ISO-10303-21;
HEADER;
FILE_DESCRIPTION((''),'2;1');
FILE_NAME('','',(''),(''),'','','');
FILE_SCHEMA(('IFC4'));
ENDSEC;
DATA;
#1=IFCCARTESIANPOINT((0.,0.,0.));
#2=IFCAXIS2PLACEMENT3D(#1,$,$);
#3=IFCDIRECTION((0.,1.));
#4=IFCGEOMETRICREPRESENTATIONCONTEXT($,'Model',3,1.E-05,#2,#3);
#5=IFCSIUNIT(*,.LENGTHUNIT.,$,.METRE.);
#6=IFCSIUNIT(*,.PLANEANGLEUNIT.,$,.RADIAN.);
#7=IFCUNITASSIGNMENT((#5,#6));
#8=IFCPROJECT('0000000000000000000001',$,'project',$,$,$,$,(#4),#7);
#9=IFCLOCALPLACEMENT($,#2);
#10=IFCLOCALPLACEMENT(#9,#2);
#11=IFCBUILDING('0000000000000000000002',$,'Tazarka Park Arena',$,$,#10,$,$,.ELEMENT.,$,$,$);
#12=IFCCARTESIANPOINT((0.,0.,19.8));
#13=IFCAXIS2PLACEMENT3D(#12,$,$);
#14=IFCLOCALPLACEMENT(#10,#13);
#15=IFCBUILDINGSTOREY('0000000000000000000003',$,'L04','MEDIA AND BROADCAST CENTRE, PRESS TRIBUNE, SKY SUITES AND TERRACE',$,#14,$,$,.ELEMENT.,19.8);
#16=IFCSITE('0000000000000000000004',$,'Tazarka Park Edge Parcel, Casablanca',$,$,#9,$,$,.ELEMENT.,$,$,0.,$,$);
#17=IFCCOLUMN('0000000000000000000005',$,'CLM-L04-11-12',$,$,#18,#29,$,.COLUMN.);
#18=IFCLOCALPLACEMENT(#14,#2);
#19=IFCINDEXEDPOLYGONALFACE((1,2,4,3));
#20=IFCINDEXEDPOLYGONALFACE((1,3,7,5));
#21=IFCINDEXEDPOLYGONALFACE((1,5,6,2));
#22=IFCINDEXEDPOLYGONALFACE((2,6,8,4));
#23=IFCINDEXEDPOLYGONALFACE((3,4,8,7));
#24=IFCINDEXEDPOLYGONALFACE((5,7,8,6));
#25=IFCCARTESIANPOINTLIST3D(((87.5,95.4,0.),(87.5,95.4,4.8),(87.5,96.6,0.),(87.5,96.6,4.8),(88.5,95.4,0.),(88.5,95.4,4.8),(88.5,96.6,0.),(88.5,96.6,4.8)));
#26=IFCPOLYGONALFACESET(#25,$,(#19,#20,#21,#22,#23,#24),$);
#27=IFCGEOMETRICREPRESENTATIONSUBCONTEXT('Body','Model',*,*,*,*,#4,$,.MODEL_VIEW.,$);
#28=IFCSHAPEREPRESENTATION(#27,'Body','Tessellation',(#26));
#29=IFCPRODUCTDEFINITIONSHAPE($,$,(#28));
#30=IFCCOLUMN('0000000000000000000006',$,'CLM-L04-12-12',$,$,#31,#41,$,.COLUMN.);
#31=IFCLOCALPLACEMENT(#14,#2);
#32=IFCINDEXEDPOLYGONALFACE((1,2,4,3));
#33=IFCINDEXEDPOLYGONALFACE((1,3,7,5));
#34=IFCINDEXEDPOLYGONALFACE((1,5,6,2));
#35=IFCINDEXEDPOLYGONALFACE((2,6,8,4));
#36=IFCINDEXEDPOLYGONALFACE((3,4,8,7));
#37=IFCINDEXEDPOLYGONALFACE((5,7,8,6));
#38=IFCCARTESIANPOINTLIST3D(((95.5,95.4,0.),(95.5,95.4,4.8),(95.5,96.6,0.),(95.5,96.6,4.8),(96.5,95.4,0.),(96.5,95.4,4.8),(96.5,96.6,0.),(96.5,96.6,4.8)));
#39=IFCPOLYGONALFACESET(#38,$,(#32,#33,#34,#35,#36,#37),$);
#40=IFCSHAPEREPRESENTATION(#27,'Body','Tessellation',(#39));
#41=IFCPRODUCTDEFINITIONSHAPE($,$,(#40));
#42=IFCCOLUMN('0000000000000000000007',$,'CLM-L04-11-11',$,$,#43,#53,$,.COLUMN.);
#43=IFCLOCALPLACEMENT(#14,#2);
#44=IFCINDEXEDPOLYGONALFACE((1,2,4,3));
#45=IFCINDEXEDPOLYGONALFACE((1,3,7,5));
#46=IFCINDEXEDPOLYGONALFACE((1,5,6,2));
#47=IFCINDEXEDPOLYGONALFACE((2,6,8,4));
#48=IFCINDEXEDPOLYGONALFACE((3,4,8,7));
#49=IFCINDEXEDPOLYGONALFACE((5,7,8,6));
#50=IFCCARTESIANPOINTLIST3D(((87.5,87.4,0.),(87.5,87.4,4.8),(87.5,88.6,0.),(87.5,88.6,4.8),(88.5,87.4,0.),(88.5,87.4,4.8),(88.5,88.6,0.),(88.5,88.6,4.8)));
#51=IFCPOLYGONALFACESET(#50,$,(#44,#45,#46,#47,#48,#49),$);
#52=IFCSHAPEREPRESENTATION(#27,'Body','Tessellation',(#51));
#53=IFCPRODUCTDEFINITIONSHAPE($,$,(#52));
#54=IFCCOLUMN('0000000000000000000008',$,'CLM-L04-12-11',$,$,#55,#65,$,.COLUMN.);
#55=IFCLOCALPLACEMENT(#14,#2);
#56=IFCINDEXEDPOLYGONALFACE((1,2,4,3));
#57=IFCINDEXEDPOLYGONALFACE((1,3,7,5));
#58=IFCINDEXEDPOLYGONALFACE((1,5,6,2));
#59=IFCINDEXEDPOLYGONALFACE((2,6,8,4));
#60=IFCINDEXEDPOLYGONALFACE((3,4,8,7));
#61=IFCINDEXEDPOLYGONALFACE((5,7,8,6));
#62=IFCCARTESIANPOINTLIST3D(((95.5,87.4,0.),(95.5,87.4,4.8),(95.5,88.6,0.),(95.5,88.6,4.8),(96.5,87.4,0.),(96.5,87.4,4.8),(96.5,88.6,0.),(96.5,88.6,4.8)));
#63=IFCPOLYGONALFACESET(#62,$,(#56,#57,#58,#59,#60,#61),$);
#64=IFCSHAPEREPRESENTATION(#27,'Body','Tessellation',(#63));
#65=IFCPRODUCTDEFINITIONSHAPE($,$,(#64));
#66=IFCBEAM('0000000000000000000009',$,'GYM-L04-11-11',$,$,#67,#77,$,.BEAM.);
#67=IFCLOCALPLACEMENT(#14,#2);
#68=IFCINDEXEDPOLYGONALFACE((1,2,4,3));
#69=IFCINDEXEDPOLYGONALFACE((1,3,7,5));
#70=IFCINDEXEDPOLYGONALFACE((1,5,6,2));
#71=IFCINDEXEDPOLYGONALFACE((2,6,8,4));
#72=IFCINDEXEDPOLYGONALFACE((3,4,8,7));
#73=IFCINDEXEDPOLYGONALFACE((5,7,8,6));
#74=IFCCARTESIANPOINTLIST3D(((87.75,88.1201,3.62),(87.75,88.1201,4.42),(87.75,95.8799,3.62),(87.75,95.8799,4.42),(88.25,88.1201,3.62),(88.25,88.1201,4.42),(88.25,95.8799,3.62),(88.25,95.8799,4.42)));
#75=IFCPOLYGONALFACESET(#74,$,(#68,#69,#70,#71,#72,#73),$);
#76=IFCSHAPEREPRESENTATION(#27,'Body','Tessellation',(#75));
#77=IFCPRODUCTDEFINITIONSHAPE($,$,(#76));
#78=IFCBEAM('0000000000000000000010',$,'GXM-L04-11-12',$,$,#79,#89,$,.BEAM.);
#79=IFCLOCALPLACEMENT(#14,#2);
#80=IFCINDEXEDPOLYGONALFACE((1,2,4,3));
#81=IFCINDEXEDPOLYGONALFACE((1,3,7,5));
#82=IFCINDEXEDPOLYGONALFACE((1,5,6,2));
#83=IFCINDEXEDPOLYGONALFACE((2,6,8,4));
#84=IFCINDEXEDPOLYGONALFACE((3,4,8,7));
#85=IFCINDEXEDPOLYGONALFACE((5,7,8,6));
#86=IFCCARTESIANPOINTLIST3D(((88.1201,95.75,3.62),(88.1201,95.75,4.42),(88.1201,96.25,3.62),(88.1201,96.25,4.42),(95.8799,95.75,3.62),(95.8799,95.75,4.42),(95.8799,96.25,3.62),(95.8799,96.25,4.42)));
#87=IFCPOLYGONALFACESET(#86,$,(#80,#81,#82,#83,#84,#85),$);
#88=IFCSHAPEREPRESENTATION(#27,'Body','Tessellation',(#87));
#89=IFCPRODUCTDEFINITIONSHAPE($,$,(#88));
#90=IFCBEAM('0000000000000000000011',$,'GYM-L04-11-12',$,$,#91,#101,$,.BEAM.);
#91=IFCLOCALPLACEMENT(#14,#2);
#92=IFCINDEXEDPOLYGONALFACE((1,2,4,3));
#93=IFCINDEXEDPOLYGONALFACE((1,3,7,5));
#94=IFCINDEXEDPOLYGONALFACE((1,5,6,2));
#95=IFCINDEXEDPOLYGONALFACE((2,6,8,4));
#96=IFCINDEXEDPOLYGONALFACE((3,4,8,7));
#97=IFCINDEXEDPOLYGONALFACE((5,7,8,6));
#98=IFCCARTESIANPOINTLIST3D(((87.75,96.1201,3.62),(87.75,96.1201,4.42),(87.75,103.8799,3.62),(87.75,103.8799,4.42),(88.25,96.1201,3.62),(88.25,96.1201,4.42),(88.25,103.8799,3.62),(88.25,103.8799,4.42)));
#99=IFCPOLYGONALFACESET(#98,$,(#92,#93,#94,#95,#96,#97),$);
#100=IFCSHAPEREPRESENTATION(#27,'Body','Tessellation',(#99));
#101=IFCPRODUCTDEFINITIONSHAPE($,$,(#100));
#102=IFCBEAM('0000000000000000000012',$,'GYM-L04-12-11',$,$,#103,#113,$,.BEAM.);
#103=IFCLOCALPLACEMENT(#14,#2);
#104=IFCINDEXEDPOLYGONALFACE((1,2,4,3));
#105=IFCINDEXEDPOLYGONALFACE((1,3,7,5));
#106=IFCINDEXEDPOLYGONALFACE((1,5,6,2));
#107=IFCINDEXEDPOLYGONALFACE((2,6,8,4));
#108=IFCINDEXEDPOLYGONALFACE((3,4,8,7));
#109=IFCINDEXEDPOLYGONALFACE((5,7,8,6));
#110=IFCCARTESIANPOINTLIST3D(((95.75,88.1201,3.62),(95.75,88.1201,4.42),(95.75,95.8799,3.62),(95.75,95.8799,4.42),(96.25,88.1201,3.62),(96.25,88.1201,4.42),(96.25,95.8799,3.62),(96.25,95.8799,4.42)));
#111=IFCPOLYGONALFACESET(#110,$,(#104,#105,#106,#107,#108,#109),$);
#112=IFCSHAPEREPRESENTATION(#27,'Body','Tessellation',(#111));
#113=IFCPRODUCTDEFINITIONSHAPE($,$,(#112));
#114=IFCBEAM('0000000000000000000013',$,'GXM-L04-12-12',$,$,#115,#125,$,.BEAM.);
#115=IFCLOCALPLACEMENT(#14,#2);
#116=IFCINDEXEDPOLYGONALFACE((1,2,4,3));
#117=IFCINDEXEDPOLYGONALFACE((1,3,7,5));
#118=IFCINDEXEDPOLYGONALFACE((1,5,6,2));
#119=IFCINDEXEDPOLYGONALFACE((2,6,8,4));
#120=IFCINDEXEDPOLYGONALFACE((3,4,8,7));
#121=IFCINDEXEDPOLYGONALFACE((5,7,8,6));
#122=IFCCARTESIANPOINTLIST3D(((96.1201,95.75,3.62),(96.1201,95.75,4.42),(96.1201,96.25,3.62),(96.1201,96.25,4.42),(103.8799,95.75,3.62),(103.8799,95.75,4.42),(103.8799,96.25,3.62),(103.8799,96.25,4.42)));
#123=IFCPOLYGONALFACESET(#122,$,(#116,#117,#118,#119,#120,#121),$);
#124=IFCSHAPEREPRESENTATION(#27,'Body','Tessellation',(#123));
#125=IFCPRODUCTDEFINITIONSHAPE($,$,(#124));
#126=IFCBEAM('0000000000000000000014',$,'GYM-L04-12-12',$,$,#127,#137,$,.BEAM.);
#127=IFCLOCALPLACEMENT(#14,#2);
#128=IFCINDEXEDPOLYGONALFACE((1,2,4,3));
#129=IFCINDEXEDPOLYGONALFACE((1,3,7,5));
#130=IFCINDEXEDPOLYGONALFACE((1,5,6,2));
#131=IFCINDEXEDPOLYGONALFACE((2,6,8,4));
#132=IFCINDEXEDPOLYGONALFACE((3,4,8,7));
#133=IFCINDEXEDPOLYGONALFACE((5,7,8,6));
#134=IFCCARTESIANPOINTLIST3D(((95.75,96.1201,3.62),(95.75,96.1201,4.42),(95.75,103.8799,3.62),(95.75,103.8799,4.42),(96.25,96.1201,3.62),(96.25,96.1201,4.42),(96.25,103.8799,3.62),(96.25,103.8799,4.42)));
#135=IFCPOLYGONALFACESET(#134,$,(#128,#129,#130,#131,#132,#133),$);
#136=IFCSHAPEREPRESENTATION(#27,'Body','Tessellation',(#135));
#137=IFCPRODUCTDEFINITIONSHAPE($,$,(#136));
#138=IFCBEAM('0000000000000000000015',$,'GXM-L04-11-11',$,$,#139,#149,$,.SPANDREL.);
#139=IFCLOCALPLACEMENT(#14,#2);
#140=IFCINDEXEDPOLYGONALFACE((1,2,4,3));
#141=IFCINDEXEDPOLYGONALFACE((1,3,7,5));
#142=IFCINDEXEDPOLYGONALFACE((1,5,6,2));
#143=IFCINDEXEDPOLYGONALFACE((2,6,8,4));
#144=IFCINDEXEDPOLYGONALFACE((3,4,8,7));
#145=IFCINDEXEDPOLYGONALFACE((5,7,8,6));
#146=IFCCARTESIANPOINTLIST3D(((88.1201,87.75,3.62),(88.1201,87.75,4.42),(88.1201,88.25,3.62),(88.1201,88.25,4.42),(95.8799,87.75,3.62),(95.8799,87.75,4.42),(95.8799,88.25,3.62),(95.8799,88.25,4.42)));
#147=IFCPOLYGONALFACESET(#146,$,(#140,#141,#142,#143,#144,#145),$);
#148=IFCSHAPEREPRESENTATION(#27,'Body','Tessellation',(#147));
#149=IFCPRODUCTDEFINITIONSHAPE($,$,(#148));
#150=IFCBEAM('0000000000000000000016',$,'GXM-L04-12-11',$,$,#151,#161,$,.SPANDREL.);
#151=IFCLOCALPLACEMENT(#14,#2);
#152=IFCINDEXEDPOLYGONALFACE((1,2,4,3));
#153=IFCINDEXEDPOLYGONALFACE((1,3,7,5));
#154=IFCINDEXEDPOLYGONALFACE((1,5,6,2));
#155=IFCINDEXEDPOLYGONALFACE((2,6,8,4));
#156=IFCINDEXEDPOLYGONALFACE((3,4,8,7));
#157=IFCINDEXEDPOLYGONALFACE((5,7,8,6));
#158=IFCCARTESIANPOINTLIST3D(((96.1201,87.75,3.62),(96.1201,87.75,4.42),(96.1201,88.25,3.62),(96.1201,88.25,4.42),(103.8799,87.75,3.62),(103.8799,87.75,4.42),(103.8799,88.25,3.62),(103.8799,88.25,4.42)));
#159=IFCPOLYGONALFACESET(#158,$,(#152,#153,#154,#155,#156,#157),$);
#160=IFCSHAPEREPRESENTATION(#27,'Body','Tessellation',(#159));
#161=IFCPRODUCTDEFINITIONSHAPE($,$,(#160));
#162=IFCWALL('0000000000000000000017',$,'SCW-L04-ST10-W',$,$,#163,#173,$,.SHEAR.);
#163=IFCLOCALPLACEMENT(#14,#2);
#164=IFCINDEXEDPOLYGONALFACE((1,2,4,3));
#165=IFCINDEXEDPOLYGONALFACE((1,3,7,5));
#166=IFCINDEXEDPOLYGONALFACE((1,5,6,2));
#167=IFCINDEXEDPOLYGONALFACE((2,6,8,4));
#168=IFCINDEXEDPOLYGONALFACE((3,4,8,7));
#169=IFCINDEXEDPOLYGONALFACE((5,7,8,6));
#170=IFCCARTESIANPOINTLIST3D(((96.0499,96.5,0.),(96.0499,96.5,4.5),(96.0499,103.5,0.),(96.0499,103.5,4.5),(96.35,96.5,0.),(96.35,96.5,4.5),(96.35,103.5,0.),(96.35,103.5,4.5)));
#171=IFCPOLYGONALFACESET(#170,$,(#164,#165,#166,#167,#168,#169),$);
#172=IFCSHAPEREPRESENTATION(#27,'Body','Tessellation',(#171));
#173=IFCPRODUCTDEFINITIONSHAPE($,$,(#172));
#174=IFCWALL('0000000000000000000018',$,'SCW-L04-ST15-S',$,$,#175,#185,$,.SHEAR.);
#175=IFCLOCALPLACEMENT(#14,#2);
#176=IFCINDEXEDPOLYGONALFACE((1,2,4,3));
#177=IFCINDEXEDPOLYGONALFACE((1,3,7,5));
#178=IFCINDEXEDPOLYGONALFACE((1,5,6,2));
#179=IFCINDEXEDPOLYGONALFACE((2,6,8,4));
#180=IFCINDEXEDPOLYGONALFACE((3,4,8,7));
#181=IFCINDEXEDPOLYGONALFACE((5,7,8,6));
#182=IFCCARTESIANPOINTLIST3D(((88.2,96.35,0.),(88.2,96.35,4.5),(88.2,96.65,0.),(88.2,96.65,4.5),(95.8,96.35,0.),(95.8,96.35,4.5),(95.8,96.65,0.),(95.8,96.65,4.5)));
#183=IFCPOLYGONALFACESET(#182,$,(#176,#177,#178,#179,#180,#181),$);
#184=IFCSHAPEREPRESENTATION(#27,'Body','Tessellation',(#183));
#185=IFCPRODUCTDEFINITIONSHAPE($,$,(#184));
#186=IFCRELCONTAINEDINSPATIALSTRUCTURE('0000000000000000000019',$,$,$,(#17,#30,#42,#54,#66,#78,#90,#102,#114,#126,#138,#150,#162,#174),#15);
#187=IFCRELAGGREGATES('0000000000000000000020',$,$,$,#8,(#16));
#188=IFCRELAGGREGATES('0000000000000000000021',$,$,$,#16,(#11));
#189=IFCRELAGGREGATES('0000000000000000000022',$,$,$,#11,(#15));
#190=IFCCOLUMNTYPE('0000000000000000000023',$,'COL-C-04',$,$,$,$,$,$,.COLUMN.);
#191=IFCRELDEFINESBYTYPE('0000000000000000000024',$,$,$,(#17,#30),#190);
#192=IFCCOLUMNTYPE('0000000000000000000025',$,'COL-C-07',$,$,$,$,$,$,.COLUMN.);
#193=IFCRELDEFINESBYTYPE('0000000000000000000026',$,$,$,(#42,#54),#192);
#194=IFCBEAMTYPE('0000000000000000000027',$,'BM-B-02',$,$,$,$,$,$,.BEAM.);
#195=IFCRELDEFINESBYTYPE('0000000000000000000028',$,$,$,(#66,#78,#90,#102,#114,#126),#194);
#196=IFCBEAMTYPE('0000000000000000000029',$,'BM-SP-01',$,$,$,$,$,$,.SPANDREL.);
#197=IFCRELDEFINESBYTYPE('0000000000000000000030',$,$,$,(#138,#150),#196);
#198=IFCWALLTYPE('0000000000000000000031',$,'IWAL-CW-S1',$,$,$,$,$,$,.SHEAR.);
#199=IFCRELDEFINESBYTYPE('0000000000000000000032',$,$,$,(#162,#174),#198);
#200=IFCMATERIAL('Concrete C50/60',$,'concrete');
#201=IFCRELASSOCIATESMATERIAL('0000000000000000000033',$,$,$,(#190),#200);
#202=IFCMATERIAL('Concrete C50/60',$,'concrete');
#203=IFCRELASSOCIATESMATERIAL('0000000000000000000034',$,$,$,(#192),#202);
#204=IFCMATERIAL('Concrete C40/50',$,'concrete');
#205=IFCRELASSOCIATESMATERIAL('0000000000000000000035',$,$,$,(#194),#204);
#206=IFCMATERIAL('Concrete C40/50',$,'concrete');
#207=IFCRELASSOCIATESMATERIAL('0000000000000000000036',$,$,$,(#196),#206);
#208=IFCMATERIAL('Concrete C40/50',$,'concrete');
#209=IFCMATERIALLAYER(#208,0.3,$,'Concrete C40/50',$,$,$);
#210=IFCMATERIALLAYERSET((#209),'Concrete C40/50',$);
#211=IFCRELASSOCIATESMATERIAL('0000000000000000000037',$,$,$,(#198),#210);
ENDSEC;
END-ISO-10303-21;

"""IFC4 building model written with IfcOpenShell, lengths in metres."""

from ifc_helpers import new_model, si_unit, direction, frame, frame_2d, origin, origin_2d, place, context, subcontext, project, spatial, rectangle, extrude, material, layer, layer_set, material_profile, profile_set, type_object, element, save


model = new_model("IFC4")

# Units and contexts
model_context = context("Model", 3, precision=1e-05, world=origin(), true_north=direction((0.0, 1.0)))
body_context = subcontext(model_context, "Body", "Model", "MODEL_VIEW")
ifc_project = project(units=[si_unit("LENGTHUNIT", "METRE"), si_unit("PLANEANGLEUNIT", "RADIAN")], contexts=[model_context])

# Site, building, storey
site_placement = place(None, origin())
site = spatial("IfcSite", under=ifc_project, at=site_placement, Name="Tazarka Park Edge Parcel, Casablanca", CompositionType="ELEMENT", RefElevation=0.0)
building_placement = place(site_placement, origin())
building = spatial("IfcBuilding", under=site, at=building_placement, Name="Tazarka Park Arena", CompositionType="ELEMENT")
storey_placement = place(building_placement, frame((0.0, 0.0, 19.8)))
storey = spatial("IfcBuildingStorey", under=building, at=storey_placement, Name="L04", Description="MEDIA AND BROADCAST CENTRE, PRESS TRIBUNE, SKY SUITES AND TERRACE", CompositionType="ELEMENT", Elevation=19.8)

# Columns
ifc_material_1 = material(Name="Concrete C50/60", Category="concrete")
ifc_material_profile_1 = material_profile(ifc_material_1, rectangle(XDim=1.0, YDim=1.2, at=origin_2d()), Name="Concrete C50/60")
ifc_profile_set_1 = profile_set([ifc_material_profile_1], Name="Concrete C50/60")
column_type_1 = type_object("IfcColumnType", Name="COL-C-04", PredefinedType="COLUMN", material=ifc_profile_set_1)
for number, where, z_axis, x_axis, name in (
    (1, (88.0, 96.0, 0.0), (0.0, 0.0, 1.0), (1.0, 0.0, 0.0), "CLM-L04-11-12"),
    (2, (96.0, 96.0, 0.0), (0.0, 0.0, 1.0), (1.0, 0.0, 0.0), "CLM-L04-12-12"),
):
    element("IfcColumn", number, at=place(storey_placement, frame(where, z_axis=z_axis, x_axis=x_axis)), inside=storey, type_object=column_type_1, Name=name, PredefinedType="COLUMN", context=body_context, shape_type="SweptSolid", body=[
        extrude(rectangle(XDim=1.0, YDim=1.2, at=origin_2d()), origin(), (0.0, 0.0, 1.0), 4.8),
    ])
ifc_material_2 = material(Name="Concrete C50/60", Category="concrete")
ifc_material_profile_2 = material_profile(ifc_material_2, rectangle(XDim=1.0, YDim=1.2, at=origin_2d()), Name="Concrete C50/60")
ifc_profile_set_2 = profile_set([ifc_material_profile_2], Name="Concrete C50/60")
column_type_2 = type_object("IfcColumnType", Name="COL-C-07", PredefinedType="COLUMN", material=ifc_profile_set_2)
for number, where, z_axis, x_axis, name in (
    (3, (88.0, 88.0, 0.0), (0.0, 0.0, 1.0), (1.0, 0.0, 0.0), "CLM-L04-11-11"),
    (4, (96.0, 88.0, 0.0), (0.0, 0.0, 1.0), (1.0, 0.0, 0.0), "CLM-L04-12-11"),
):
    element("IfcColumn", number, at=place(storey_placement, frame(where, z_axis=z_axis, x_axis=x_axis)), inside=storey, type_object=column_type_2, Name=name, PredefinedType="COLUMN", context=body_context, shape_type="SweptSolid", body=[
        extrude(rectangle(XDim=1.0, YDim=1.2, at=origin_2d()), origin(), (0.0, 0.0, 1.0), 4.8),
    ])

# Beams
ifc_material_3 = material(Name="Concrete C40/50", Category="concrete")
ifc_material_profile_3 = material_profile(ifc_material_3, rectangle(XDim=0.5, YDim=0.8, at=origin_2d()), Name="Concrete C40/50")
ifc_profile_set_3 = profile_set([ifc_material_profile_3], Name="Concrete C40/50")
beam_type_1 = type_object("IfcBeamType", Name="BM-B-02", PredefinedType="BEAM", material=ifc_profile_set_3)
for number, where, z_axis, x_axis, name in (
    (5, (88.0, 88.1201, 4.02), (0.0, 1.0, 0.0), (-1.0, 0.0, 0.0), "GYM-L04-11-11"),
    (6, (88.1201, 96.0, 4.02), (1.0, 0.0, 0.0), (0.0, 1.0, 0.0), "GXM-L04-11-12"),
    (7, (88.0, 96.1201, 4.02), (0.0, 1.0, 0.0), (-1.0, 0.0, 0.0), "GYM-L04-11-12"),
    (8, (96.0, 88.1201, 4.02), (0.0, 1.0, 0.0), (-1.0, 0.0, 0.0), "GYM-L04-12-11"),
    (9, (96.1201, 96.0, 4.02), (1.0, 0.0, 0.0), (0.0, 1.0, 0.0), "GXM-L04-12-12"),
    (10, (96.0, 96.1201, 4.02), (0.0, 1.0, 0.0), (-1.0, 0.0, 0.0), "GYM-L04-12-12"),
):
    element("IfcBeam", number, at=place(storey_placement, frame(where, z_axis=z_axis, x_axis=x_axis)), inside=storey, type_object=beam_type_1, Name=name, PredefinedType="BEAM", context=body_context, shape_type="SweptSolid", body=[
        extrude(rectangle(XDim=0.5, YDim=0.8, at=origin_2d()), origin(), (0.0, 0.0, 1.0), 7.7598),
    ])
ifc_material_4 = material(Name="Concrete C40/50", Category="concrete")
ifc_material_profile_4 = material_profile(ifc_material_4, rectangle(XDim=0.5, YDim=0.8, at=origin_2d()), Name="Concrete C40/50")
ifc_profile_set_4 = profile_set([ifc_material_profile_4], Name="Concrete C40/50")
beam_type_2 = type_object("IfcBeamType", Name="BM-SP-01", PredefinedType="SPANDREL", material=ifc_profile_set_4)
for number, where, z_axis, x_axis, name in (
    (11, (88.1201, 88.0, 4.02), (1.0, 0.0, 0.0), (0.0, 1.0, 0.0), "GXM-L04-11-11"),
    (12, (96.1201, 88.0, 4.02), (1.0, 0.0, 0.0), (0.0, 1.0, 0.0), "GXM-L04-12-11"),
):
    element("IfcBeam", number, at=place(storey_placement, frame(where, z_axis=z_axis, x_axis=x_axis)), inside=storey, type_object=beam_type_2, Name=name, PredefinedType="SPANDREL", context=body_context, shape_type="SweptSolid", body=[
        extrude(rectangle(XDim=0.5, YDim=0.8, at=origin_2d()), origin(), (0.0, 0.0, 1.0), 7.7598),
    ])

# Walls
ifc_material_5 = material(Name="Concrete C40/50", Category="concrete")
ifc_layer_1 = layer(ifc_material_5, 0.3, Name="Concrete C40/50")
ifc_layer_set_1 = layer_set([ifc_layer_1], Name="Concrete C40/50")
wall_type_1 = type_object("IfcWallType", Name="IWAL-CW-S1", PredefinedType="SHEAR", material=ifc_layer_set_1)
wall_1_placement = place(storey_placement, frame((96.2, 96.5, 0.0), z_axis=(0.0, 0.0, 1.0), x_axis=(0.0, 1.0, 0.0)))
element("IfcWall", 13, at=wall_1_placement, inside=storey, type_object=wall_type_1, Name="SCW-L04-ST10-W", PredefinedType="SHEAR", context=body_context, shape_type="SweptSolid", body=[
    extrude(rectangle(XDim=7.0, YDim=0.3, at=frame_2d((3.5, 0.0))), origin(), (0.0, 0.0, 1.0), 4.5),
])
wall_2_placement = place(storey_placement, frame((95.8, 96.5, 0.0), z_axis=(0.0, 0.0, 1.0), x_axis=(-1.0, 0.0, 0.0)))
element("IfcWall", 14, at=wall_2_placement, inside=storey, type_object=wall_type_1, Name="SCW-L04-ST15-S", PredefinedType="SHEAR", context=body_context, shape_type="SweptSolid", body=[
    extrude(rectangle(XDim=7.6001, YDim=0.3, at=frame_2d((3.8, 0.0))), origin(), (0.0, 0.0, 1.0), 4.5),
])

save(model, "model.ifc")
